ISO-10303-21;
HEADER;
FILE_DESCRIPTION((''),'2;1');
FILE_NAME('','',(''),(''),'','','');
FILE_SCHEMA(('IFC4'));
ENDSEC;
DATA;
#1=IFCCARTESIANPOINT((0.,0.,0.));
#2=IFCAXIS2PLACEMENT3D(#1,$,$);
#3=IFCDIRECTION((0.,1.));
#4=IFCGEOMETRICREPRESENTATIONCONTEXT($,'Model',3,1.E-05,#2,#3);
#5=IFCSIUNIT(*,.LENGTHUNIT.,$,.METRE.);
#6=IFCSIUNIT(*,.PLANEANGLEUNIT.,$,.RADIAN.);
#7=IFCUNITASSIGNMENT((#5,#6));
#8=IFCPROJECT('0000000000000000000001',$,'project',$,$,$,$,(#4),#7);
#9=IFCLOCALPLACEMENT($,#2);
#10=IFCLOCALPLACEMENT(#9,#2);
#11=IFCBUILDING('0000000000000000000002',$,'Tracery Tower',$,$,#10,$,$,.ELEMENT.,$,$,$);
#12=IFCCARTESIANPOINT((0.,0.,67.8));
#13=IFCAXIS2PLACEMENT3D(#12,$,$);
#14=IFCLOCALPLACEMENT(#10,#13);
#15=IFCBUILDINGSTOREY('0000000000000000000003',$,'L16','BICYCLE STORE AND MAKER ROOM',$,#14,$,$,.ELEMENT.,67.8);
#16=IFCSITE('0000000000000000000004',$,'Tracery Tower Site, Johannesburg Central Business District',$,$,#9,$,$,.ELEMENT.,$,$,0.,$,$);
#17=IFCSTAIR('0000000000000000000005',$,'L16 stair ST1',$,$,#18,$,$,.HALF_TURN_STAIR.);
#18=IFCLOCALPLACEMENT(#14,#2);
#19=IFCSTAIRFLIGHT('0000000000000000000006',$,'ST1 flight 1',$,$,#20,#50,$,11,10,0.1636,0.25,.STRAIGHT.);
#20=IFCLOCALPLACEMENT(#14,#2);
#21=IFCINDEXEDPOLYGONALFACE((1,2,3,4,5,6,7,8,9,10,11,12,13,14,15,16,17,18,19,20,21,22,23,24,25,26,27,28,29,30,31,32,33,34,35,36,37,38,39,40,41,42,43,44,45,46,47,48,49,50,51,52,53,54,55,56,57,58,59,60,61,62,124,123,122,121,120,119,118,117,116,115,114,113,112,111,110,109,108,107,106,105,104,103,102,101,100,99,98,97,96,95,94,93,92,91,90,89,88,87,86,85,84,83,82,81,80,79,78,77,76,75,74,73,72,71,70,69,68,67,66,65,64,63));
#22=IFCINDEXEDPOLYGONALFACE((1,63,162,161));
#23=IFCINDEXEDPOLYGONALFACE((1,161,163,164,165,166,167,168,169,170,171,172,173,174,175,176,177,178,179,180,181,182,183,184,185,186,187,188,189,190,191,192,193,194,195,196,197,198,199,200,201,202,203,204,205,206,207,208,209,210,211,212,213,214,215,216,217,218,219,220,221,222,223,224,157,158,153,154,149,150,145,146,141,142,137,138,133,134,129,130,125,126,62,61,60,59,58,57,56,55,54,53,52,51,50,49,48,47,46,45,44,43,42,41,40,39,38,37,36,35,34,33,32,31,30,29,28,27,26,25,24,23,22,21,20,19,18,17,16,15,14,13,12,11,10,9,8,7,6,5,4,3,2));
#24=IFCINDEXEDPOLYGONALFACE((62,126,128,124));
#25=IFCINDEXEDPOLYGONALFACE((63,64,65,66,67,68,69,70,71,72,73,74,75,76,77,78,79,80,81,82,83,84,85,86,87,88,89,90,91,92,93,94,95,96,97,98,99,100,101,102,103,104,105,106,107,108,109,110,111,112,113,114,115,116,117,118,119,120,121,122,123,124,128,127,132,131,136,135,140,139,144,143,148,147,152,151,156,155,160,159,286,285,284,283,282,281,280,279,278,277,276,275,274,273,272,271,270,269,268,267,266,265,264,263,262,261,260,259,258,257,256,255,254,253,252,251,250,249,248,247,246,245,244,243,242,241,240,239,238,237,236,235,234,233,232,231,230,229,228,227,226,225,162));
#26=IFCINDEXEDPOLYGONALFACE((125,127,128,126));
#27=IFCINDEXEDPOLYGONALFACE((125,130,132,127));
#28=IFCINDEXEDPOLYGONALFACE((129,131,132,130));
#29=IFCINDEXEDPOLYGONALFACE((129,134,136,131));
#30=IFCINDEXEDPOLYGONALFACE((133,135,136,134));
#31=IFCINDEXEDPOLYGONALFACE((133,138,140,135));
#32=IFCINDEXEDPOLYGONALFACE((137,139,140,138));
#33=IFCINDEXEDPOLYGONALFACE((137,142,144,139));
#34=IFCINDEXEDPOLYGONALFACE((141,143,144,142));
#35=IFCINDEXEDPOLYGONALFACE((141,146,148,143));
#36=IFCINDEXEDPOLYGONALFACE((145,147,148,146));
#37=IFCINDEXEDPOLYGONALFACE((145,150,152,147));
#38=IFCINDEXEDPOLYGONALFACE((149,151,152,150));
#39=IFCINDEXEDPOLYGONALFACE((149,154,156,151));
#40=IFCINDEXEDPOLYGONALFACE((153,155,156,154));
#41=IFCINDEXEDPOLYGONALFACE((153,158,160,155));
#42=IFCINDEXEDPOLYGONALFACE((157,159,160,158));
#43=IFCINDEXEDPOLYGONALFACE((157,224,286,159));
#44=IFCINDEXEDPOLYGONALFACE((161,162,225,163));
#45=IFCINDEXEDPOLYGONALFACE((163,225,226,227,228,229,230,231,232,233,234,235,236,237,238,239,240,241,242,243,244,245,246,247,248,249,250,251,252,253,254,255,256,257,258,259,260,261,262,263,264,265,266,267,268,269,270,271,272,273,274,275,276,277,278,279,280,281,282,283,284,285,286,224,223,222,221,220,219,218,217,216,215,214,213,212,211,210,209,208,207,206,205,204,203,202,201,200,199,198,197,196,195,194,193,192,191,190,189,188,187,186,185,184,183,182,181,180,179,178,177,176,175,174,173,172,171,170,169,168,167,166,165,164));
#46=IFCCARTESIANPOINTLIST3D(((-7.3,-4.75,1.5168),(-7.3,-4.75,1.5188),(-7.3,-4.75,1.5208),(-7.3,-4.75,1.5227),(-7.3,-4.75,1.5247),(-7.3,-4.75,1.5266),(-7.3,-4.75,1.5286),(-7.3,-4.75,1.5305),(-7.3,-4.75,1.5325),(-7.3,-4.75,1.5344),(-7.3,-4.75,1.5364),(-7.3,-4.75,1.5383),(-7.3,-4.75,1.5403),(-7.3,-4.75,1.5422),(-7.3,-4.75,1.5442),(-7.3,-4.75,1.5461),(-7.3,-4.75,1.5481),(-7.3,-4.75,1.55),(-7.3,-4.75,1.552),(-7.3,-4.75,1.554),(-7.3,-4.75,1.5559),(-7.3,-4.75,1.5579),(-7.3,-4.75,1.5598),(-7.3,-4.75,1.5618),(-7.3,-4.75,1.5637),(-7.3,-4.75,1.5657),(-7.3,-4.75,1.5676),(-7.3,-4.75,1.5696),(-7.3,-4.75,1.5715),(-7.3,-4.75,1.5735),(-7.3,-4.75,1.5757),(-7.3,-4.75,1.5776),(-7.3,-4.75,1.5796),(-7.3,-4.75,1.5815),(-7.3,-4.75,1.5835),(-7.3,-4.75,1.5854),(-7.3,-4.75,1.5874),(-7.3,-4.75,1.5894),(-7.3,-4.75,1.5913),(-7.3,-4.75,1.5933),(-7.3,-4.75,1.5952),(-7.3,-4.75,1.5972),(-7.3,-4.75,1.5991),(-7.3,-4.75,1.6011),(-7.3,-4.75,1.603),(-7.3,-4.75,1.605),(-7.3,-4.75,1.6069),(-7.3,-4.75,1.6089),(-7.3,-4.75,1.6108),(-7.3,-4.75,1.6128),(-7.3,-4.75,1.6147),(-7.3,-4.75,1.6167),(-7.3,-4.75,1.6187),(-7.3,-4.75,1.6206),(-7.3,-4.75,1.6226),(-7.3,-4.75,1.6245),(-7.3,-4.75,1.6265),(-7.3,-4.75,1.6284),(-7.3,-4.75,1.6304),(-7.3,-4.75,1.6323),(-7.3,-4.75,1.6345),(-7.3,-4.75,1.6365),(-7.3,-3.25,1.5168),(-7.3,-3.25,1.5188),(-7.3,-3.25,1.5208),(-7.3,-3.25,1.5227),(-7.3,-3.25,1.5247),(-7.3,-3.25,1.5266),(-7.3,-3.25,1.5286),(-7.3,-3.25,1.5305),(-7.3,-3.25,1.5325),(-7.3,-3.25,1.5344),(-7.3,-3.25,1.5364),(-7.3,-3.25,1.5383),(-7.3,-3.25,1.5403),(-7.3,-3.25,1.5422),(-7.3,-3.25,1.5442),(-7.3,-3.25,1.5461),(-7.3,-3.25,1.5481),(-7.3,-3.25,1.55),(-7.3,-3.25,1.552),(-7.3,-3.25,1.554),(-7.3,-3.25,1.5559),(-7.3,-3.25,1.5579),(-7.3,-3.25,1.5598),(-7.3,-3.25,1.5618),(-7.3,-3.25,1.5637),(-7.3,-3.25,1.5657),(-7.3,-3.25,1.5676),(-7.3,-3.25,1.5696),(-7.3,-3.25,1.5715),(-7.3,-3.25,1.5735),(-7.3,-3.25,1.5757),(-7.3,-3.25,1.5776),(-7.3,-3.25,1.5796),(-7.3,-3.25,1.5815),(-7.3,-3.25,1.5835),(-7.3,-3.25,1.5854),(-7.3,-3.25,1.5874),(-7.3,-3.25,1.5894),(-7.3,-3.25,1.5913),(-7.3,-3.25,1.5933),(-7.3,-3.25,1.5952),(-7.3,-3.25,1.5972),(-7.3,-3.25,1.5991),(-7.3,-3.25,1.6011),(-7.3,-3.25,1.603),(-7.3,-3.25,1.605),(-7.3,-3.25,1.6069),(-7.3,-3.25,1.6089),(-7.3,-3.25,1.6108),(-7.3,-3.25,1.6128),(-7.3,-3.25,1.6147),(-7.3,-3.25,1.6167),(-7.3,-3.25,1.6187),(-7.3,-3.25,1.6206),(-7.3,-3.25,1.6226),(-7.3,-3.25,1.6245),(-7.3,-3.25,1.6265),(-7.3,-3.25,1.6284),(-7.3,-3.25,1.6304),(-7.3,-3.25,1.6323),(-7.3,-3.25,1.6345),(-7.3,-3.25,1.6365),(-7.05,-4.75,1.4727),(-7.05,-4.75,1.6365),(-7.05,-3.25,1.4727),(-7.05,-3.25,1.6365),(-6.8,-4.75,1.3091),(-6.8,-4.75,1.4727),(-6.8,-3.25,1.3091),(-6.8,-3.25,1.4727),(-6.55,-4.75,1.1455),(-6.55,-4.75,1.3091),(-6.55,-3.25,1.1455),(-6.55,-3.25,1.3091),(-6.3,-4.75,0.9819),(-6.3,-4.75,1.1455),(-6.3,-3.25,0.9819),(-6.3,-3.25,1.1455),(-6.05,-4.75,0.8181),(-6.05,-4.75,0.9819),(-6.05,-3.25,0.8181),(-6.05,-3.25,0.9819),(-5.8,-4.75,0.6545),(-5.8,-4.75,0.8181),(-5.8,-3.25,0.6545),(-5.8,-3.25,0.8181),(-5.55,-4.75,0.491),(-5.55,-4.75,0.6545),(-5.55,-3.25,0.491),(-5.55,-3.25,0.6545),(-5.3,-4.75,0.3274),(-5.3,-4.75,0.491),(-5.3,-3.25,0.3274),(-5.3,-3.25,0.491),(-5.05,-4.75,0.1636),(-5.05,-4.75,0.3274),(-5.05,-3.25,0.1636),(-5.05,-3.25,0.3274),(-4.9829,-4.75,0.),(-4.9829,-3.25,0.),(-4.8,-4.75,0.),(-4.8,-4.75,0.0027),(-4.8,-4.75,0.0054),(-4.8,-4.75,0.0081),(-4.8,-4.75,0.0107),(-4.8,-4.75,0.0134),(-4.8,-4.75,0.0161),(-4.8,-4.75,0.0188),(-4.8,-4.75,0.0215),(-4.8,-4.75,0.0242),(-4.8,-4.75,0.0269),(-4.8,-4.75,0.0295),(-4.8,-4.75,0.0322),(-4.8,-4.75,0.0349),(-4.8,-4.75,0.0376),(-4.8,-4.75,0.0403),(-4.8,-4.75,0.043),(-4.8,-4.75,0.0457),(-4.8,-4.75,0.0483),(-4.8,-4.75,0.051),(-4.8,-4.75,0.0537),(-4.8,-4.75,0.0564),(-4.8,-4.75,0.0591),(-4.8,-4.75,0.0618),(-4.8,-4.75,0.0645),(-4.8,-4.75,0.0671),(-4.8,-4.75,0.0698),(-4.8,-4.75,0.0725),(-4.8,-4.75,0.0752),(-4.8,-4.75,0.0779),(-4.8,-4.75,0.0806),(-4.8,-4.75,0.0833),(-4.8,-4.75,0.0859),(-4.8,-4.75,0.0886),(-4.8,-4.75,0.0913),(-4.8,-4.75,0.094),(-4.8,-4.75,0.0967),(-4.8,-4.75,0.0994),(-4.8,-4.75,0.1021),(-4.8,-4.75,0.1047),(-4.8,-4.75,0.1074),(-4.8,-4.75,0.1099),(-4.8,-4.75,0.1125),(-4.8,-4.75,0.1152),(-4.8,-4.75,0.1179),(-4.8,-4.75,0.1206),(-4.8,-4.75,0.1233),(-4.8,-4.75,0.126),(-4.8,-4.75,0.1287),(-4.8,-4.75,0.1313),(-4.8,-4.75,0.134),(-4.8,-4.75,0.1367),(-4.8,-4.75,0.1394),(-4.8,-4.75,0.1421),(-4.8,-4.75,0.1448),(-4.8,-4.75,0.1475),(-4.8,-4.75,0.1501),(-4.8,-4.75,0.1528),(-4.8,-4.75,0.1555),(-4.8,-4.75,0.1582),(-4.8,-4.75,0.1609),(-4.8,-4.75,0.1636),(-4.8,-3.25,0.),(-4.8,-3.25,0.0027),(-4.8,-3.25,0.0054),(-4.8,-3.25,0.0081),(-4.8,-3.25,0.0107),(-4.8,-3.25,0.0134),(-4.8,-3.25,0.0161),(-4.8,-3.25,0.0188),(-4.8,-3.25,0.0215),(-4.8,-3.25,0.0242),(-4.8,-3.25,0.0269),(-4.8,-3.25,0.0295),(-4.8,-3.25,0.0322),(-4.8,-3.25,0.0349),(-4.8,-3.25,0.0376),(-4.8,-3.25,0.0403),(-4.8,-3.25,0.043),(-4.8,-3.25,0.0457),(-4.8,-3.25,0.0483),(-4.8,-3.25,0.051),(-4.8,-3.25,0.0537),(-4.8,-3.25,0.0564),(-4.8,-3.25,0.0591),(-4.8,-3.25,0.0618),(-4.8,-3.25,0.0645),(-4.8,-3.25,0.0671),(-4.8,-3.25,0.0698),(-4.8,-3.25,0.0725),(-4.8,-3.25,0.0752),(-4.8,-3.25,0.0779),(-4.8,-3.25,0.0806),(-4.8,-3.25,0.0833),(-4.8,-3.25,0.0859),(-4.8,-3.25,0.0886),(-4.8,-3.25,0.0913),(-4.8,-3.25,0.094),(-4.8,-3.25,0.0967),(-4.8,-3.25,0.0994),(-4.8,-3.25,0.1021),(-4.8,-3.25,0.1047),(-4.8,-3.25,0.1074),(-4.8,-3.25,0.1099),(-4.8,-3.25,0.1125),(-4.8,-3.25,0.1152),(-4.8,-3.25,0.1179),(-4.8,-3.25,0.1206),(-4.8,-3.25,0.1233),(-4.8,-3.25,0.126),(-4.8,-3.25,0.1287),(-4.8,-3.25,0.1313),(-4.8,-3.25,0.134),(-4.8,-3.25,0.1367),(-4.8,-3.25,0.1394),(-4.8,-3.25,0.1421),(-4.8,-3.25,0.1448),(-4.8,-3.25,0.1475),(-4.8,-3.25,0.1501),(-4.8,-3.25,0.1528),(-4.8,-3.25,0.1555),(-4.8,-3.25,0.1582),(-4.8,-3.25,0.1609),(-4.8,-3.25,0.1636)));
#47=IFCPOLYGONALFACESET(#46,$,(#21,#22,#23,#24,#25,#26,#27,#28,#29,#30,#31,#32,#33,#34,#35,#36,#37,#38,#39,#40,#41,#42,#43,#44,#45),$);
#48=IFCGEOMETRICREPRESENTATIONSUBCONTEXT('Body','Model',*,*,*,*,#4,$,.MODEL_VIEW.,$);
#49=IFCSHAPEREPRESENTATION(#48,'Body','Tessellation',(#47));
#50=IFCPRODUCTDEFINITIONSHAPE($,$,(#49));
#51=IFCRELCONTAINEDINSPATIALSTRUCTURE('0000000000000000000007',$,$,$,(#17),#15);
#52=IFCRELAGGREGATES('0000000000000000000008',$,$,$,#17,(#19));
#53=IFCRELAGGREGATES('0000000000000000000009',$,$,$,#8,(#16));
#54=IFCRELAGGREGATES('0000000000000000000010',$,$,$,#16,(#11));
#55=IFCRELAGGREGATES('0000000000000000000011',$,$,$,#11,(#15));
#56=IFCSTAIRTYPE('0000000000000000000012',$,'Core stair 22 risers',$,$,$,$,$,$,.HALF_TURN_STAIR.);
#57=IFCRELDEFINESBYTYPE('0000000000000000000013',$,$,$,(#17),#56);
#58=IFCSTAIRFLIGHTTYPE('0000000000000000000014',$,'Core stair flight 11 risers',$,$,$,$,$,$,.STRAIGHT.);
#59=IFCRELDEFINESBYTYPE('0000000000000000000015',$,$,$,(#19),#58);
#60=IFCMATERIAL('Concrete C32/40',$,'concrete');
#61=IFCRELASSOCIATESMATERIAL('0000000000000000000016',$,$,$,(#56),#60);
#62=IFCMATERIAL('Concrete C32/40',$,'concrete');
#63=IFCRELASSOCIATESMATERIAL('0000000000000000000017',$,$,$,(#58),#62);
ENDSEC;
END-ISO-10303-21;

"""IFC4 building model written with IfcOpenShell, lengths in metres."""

from ifc_helpers import new_model, si_unit, direction, frame, origin, place, context, subcontext, project, spatial, polyline, outline, extrude, material, type_object, element, aggregate, save


model = new_model("IFC4")

# Units and contexts
model_context = context("Model", 3, precision=1e-05, world=origin(), true_north=direction((0.0, 1.0)))
body_context = subcontext(model_context, "Body", "Model", "MODEL_VIEW")
ifc_project = project(units=[si_unit("LENGTHUNIT", "METRE"), si_unit("PLANEANGLEUNIT", "RADIAN")], contexts=[model_context])

# Site, building, storey
site_placement = place(None, origin())
site = spatial("IfcSite", under=ifc_project, at=site_placement, Name="Tracery Tower Site, Johannesburg Central Business District", CompositionType="ELEMENT", RefElevation=0.0)
building_placement = place(site_placement, origin())
building = spatial("IfcBuilding", under=site, at=building_placement, Name="Tracery Tower", CompositionType="ELEMENT")
storey_placement = place(building_placement, frame((0.0, 0.0, 67.8)))
storey = spatial("IfcBuildingStorey", under=building, at=storey_placement, Name="L16", Description="BICYCLE STORE AND MAKER ROOM", CompositionType="ELEMENT", Elevation=67.8)

# Stair, stair flight
ifc_material_1 = material(Name="Concrete C32/40", Category="concrete")
stair_type = type_object("IfcStairType", Name="Core stair 22 risers", PredefinedType="HALF_TURN_STAIR", material=ifc_material_1)
stair_placement = place(storey_placement, origin())
stair = element("IfcStair", 1, at=stair_placement, inside=storey, type_object=stair_type, Name="L16 stair ST1", PredefinedType="HALF_TURN_STAIR")
ifc_material_2 = material(Name="Concrete C32/40", Category="concrete")
stair_flight_type = type_object("IfcStairFlightType", Name="Core stair flight 11 risers", PredefinedType="STRAIGHT", material=ifc_material_2)
stair_flight_placement = place(storey_placement, frame((-4.8, -4.0, 0.0), z_axis=(0.0, 0.0, 1.0), x_axis=(-1.0, 0.0, 0.0)))
stair_flight = element("IfcStairFlight", 2, at=stair_flight_placement, type_object=stair_flight_type, Name="ST1 flight 1", NumberOfRisers=11, NumberOfTreads=10, PredefinedType="STRAIGHT", RiserHeight=0.1636, TreadLength=0.25, context=body_context, shape_type="SweptSolid", body=[
    extrude(outline(polyline([(0.0, 0.0), (0.0, 0.0027), (0.0, 0.0054), (0.0, 0.0081), (0.0, 0.0107), (0.0, 0.0134), (0.0, 0.0161), (0.0, 0.0188), (0.0, 0.0215), (0.0, 0.0242), (0.0, 0.0269), (0.0, 0.0295), (0.0, 0.0322), (0.0, 0.0349), (0.0, 0.0376), (0.0, 0.0403), (0.0, 0.043), (0.0, 0.0457), (0.0, 0.0483), (0.0, 0.051), (0.0, 0.0537), (0.0, 0.0564), (0.0, 0.0591), (0.0, 0.0618), (0.0, 0.0645), (0.0, 0.0671), (0.0, 0.0698), (0.0, 0.0725), (0.0, 0.0752), (0.0, 0.0779), (0.0, 0.0806), (0.0, 0.0833), (0.0, 0.0859), (0.0, 0.0886), (0.0, 0.0913), (0.0, 0.094), (0.0, 0.0967), (0.0, 0.0994), (0.0, 0.1021), (0.0, 0.1047), (0.0, 0.1074), (0.0, 0.1099), (0.0, 0.1125), (0.0, 0.1152), (0.0, 0.1179), (0.0, 0.1206), (0.0, 0.1233), (0.0, 0.126), (0.0, 0.1287), (0.0, 0.1313), (0.0, 0.134), (0.0, 0.1367), (0.0, 0.1394), (0.0, 0.1421), (0.0, 0.1448), (0.0, 0.1475), (0.0, 0.1501), (0.0, 0.1528), (0.0, 0.1555), (0.0, 0.1582), (0.0, 0.1609), (0.0, 0.1636), (0.25, 0.1636), (0.25, 0.3274), (0.5, 0.3274), (0.5, 0.491), (0.75, 0.491), (0.75, 0.6545), (1.0, 0.6545), (1.0, 0.8181), (1.25, 0.8181), (1.25, 0.9819), (1.5, 0.9819), (1.5, 1.1455), (1.75, 1.1455), (1.75, 1.3091), (2.0, 1.3091), (2.0, 1.4727), (2.25, 1.4727), (2.25, 1.6365), (2.5, 1.6365), (2.5, 1.6345), (2.5, 1.6323), (2.5, 1.6304), (2.5, 1.6284), (2.5, 1.6265), (2.5, 1.6245), (2.5, 1.6226), (2.5, 1.6206), (2.5, 1.6187), (2.5, 1.6167), (2.5, 1.6147), (2.5, 1.6128), (2.5, 1.6108), (2.5, 1.6089), (2.5, 1.6069), (2.5, 1.605), (2.5, 1.603), (2.5, 1.6011), (2.5, 1.5991), (2.5, 1.5972), (2.5, 1.5952), (2.5, 1.5933), (2.5, 1.5913), (2.5, 1.5894), (2.5, 1.5874), (2.5, 1.5854), (2.5, 1.5835), (2.5, 1.5815), (2.5, 1.5796), (2.5, 1.5776), (2.5, 1.5757), (2.5, 1.5735), (2.5, 1.5715), (2.5, 1.5696), (2.5, 1.5676), (2.5, 1.5657), (2.5, 1.5637), (2.5, 1.5618), (2.5, 1.5598), (2.5, 1.5579), (2.5, 1.5559), (2.5, 1.554), (2.5, 1.552), (2.5, 1.55), (2.5, 1.5481), (2.5, 1.5461), (2.5, 1.5442), (2.5, 1.5422), (2.5, 1.5403), (2.5, 1.5383), (2.5, 1.5364), (2.5, 1.5344), (2.5, 1.5325), (2.5, 1.5305), (2.5, 1.5286), (2.5, 1.5266), (2.5, 1.5247), (2.5, 1.5227), (2.5, 1.5208), (2.5, 1.5188), (2.5, 1.5168), (0.1829, 0.0), (0.0, 0.0)])), frame((0.0, 0.75, 0.0), z_axis=(0.0, -1.0, 0.0), x_axis=(1.0, 0.0, 0.0)), (0.0, 0.0, 1.0), 1.5),
])
aggregate(stair, [stair_flight])

save(model, "model.ifc")
